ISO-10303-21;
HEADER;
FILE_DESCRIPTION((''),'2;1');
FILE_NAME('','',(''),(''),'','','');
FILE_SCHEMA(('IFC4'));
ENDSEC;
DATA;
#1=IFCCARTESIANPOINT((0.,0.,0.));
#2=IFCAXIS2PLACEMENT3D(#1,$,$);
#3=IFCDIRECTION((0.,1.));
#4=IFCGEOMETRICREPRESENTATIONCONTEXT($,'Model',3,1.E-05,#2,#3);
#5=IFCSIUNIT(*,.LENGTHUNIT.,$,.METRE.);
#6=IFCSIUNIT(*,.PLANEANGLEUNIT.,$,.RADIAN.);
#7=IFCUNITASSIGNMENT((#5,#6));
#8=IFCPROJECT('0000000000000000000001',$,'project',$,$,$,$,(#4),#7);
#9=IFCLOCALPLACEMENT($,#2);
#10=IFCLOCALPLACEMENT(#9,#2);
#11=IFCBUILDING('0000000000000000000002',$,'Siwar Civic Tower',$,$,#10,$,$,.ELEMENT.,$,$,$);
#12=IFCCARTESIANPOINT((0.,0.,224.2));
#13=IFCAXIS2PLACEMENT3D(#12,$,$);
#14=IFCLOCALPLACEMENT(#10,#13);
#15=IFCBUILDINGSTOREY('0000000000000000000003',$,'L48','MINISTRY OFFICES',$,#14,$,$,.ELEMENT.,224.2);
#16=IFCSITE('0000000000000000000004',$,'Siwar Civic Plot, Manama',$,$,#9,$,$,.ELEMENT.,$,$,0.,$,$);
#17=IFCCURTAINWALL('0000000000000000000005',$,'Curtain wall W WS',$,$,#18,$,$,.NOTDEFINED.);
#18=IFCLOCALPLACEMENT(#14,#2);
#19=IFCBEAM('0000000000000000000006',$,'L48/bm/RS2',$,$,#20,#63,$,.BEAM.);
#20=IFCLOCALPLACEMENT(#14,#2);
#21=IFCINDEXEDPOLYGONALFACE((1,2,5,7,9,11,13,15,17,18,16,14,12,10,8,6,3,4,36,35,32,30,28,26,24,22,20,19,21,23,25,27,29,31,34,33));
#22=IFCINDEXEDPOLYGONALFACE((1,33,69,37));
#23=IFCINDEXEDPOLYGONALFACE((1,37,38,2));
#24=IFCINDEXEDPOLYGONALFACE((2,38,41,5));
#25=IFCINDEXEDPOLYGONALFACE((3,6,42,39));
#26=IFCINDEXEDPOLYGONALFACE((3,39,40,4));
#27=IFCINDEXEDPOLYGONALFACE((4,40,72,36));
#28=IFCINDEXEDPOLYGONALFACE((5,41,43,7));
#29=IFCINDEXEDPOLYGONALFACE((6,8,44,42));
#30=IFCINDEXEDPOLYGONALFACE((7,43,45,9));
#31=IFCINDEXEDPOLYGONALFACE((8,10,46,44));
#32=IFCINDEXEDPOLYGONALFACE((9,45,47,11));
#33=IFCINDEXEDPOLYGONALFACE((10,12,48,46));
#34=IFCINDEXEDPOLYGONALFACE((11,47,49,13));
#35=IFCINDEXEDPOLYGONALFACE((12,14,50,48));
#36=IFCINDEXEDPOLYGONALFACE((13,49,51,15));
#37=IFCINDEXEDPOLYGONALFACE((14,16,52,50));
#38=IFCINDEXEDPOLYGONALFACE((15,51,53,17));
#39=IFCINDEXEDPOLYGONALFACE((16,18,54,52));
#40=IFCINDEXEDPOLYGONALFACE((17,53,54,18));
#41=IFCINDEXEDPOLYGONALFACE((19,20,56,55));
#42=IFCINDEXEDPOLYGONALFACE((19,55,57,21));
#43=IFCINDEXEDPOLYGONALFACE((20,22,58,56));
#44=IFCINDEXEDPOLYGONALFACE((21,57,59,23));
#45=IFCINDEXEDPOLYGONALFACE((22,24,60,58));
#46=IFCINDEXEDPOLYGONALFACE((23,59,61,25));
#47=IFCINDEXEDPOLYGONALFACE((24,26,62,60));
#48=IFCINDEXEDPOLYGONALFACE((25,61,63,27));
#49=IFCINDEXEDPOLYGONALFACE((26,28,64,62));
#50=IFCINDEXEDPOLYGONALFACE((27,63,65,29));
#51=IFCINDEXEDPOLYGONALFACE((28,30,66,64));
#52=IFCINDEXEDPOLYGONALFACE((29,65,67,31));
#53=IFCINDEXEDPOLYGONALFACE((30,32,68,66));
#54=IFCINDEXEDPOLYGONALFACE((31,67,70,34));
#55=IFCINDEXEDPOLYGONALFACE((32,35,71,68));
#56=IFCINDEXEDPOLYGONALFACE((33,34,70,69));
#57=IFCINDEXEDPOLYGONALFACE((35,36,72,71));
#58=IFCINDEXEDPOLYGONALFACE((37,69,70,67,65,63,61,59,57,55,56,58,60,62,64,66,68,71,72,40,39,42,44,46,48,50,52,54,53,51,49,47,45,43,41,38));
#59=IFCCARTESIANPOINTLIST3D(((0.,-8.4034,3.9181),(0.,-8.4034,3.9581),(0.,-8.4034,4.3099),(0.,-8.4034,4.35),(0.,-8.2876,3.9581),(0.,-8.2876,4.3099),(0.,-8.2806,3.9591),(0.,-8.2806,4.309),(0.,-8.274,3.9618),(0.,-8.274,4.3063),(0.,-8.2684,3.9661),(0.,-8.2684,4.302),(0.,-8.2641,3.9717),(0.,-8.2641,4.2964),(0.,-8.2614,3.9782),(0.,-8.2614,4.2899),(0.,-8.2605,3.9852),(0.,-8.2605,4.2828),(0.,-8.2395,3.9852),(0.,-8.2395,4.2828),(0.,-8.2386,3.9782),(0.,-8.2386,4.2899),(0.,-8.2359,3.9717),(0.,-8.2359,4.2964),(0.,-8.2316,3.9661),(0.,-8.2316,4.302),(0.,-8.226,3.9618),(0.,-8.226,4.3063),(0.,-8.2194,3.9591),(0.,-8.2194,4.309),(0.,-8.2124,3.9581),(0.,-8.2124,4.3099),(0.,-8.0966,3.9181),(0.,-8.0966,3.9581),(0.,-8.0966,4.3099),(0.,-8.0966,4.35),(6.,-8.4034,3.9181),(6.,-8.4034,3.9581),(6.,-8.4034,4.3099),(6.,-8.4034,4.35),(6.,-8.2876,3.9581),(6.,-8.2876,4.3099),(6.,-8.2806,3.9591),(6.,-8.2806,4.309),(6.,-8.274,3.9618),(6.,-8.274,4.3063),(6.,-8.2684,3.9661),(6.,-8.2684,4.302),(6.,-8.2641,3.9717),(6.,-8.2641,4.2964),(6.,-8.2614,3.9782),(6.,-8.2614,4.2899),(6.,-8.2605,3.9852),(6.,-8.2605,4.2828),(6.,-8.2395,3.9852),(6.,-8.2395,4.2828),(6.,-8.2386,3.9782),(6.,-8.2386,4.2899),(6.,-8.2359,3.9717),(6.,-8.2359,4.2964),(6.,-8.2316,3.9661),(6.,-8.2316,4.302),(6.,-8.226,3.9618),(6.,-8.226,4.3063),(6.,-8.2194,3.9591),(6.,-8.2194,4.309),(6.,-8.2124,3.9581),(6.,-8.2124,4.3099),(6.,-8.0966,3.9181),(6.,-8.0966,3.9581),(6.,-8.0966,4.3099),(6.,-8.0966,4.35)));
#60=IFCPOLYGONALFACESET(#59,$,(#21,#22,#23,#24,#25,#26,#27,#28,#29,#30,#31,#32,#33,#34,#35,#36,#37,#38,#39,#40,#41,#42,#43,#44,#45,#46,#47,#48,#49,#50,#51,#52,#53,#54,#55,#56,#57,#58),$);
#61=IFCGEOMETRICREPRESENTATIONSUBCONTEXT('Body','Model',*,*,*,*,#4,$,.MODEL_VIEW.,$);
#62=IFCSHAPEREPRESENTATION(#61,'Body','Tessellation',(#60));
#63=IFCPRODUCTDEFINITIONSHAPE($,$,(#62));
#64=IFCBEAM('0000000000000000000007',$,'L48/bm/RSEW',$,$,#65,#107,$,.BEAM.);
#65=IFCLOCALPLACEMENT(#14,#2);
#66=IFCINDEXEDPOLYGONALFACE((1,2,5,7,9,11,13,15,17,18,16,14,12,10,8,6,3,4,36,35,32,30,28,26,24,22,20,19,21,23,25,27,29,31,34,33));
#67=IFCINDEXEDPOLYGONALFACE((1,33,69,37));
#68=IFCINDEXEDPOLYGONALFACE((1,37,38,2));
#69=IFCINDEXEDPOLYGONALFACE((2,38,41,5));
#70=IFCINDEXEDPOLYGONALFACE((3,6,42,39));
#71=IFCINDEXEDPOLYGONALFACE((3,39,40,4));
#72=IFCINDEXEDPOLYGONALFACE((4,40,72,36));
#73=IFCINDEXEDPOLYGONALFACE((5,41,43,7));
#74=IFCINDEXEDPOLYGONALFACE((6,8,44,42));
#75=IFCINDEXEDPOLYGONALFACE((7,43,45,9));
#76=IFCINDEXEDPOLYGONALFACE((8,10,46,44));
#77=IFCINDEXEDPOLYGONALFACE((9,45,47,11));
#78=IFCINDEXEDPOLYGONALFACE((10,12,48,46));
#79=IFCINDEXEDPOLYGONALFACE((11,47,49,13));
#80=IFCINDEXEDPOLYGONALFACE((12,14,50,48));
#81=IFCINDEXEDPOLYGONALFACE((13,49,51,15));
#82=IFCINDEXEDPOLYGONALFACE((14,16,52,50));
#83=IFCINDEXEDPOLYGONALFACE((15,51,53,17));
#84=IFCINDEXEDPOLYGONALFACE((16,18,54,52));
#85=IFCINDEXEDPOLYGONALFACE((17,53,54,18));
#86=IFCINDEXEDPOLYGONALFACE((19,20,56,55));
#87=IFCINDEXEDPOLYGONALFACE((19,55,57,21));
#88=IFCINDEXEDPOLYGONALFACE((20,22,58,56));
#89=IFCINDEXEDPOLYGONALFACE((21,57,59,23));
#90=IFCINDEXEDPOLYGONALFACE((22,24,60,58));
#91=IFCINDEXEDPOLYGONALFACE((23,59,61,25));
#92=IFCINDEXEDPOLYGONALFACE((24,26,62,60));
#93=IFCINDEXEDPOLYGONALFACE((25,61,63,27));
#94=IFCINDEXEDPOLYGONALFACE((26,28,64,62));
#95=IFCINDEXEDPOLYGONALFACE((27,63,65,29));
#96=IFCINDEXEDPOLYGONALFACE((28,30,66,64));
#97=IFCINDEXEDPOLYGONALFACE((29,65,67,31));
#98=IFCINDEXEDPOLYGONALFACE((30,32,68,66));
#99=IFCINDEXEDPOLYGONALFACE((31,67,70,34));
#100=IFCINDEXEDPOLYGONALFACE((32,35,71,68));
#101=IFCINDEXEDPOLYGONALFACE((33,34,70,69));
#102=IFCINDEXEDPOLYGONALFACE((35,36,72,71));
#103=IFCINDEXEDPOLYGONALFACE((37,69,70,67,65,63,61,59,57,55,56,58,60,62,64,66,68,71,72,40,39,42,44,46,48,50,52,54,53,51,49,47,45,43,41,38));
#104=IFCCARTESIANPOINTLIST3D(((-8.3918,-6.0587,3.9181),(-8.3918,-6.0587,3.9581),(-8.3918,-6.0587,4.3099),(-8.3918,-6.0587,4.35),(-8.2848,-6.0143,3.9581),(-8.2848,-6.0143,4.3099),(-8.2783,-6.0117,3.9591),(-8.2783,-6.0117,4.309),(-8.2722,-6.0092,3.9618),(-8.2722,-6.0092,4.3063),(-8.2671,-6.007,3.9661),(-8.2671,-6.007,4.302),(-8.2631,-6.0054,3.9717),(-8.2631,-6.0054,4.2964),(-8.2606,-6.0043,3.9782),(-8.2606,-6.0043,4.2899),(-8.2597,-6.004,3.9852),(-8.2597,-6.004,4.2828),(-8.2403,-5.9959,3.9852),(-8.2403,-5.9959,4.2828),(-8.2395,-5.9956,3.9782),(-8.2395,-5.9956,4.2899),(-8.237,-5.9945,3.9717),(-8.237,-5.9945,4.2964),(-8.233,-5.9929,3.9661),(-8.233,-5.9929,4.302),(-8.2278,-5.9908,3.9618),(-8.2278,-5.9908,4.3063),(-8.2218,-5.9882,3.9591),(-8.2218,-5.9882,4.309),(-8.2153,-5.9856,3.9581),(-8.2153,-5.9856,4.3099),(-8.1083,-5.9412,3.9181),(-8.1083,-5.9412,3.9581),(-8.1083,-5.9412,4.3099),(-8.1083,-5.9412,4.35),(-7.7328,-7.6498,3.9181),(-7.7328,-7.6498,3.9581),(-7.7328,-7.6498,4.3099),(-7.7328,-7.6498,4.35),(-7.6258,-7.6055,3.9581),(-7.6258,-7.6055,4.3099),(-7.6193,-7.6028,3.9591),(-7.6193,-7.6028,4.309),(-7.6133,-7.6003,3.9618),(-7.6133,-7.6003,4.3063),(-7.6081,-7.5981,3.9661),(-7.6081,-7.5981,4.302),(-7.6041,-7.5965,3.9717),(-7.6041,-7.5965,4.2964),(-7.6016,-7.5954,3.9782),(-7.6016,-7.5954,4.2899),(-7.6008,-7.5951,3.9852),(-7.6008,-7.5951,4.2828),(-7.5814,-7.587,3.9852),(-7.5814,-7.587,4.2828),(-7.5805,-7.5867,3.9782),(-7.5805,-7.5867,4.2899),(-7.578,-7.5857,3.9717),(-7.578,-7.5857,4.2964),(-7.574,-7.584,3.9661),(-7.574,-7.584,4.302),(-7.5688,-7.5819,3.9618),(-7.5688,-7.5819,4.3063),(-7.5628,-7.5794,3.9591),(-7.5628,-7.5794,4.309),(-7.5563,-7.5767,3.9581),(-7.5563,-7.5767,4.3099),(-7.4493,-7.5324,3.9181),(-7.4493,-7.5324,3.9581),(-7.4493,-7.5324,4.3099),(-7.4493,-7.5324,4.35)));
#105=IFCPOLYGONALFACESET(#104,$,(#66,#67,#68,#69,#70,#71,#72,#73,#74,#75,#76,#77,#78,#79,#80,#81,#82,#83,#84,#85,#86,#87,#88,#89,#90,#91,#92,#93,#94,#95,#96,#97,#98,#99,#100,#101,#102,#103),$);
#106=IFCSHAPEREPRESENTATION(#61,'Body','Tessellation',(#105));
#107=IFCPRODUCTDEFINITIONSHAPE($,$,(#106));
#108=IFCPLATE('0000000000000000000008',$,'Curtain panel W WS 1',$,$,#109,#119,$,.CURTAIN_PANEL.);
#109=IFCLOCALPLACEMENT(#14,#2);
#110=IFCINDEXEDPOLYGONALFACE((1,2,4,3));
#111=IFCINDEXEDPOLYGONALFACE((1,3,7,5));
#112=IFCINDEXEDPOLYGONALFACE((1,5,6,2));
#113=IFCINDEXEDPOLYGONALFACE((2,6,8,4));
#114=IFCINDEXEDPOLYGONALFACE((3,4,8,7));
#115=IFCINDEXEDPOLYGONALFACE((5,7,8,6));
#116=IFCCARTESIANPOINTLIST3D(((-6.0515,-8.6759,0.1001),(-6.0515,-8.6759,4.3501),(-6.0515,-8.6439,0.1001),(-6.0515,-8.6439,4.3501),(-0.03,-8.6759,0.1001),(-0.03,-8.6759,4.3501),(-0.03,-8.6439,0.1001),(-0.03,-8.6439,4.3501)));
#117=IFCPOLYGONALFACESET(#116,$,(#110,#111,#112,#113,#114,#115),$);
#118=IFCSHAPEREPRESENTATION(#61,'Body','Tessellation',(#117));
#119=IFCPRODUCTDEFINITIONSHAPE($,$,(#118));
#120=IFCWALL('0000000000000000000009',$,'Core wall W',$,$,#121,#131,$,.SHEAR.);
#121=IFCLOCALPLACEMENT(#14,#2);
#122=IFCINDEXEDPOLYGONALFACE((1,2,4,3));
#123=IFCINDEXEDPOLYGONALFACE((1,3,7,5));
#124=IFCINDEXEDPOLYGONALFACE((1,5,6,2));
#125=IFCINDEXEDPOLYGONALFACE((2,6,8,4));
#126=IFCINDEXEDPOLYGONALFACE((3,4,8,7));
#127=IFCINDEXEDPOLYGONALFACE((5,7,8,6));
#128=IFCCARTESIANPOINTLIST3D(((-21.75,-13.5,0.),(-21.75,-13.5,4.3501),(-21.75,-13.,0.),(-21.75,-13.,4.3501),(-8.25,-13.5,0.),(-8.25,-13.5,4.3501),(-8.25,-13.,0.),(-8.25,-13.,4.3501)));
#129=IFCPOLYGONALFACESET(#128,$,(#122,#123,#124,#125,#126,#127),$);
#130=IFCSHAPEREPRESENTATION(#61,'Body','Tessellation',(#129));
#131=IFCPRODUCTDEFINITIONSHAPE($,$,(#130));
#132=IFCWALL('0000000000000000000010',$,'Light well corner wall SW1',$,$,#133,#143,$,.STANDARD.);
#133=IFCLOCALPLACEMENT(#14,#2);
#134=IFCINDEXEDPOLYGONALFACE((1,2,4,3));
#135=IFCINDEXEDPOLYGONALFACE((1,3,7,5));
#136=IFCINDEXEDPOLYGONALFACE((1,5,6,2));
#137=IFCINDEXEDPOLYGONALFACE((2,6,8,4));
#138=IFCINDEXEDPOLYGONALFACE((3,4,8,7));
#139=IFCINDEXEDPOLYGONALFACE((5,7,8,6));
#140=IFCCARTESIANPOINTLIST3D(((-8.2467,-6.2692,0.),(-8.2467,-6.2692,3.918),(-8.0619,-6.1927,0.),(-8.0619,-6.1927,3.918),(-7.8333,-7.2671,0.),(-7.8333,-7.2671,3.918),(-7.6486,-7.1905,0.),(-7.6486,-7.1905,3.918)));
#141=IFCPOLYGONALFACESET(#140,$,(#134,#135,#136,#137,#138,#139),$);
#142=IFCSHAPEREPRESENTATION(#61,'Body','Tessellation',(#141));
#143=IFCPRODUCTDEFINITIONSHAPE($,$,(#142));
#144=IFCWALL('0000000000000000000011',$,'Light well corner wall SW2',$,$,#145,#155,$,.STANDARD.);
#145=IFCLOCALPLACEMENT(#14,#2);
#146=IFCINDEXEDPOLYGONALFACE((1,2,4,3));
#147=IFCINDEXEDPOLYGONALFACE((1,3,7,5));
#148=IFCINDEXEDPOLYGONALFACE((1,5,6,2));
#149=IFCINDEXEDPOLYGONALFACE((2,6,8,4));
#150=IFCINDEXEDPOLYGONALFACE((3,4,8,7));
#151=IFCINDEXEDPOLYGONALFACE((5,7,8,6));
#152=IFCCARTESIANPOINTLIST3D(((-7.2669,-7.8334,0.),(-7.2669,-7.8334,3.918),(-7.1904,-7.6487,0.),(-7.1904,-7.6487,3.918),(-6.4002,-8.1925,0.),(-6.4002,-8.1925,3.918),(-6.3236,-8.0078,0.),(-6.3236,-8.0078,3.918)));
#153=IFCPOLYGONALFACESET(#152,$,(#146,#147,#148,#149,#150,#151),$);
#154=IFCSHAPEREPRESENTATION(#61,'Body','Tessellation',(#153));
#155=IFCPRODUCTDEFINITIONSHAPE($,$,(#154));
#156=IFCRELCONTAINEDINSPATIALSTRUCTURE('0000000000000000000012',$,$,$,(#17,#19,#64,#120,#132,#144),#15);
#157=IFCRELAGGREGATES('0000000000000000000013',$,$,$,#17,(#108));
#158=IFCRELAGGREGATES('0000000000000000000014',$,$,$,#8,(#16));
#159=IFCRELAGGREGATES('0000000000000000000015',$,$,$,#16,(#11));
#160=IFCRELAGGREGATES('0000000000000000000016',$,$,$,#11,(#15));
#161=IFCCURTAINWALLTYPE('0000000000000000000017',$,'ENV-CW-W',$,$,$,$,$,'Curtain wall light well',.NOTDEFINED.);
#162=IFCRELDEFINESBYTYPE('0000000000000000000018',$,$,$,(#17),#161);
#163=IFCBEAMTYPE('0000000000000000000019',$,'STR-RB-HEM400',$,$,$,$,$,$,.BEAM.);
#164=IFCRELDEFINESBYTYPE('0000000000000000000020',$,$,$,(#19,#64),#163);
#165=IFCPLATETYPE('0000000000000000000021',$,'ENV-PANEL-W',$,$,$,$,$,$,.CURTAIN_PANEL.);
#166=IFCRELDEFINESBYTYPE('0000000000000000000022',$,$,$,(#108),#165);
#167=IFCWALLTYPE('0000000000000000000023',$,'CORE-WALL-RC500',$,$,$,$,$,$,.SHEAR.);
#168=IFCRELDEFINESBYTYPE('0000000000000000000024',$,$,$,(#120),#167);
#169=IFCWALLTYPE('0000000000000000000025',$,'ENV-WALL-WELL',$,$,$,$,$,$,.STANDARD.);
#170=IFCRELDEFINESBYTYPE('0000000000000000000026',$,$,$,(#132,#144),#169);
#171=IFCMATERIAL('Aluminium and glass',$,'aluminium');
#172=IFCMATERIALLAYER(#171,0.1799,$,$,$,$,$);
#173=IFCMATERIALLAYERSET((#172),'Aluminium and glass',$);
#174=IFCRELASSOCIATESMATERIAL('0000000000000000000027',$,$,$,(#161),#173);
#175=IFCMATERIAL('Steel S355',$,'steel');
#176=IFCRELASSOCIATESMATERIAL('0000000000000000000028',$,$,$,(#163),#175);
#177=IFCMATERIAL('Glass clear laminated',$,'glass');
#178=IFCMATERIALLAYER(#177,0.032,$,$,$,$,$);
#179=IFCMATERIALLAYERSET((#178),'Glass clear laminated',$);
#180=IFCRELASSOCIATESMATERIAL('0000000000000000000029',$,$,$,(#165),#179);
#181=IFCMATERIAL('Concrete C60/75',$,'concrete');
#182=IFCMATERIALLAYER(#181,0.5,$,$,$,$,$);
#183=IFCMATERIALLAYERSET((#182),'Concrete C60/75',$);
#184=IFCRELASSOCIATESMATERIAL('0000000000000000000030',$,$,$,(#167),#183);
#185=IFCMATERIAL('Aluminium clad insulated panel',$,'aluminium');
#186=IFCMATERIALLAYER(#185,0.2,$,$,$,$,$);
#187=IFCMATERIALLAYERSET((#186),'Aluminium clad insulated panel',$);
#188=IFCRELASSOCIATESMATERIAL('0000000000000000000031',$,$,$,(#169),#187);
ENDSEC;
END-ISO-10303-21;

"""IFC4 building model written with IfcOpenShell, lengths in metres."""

from ifc_helpers import new_model, si_unit, direction, frame, frame_2d, origin, origin_2d, place, context, subcontext, project, spatial, rectangle, i_section, extrude, material, layer, layer_set, material_profile, profile_set, type_object, element, aggregate, save


model = new_model("IFC4")

# Units and contexts
model_context = context("Model", 3, precision=1e-05, world=origin(), true_north=direction((0.0, 1.0)))
body_context = subcontext(model_context, "Body", "Model", "MODEL_VIEW")
ifc_project = project(units=[si_unit("LENGTHUNIT", "METRE"), si_unit("PLANEANGLEUNIT", "RADIAN")], contexts=[model_context])

# Site, building, storey
site_placement = place(None, origin())
site = spatial("IfcSite", under=ifc_project, at=site_placement, Name="Siwar Civic Plot, Manama", CompositionType="ELEMENT", RefElevation=0.0)
building_placement = place(site_placement, origin())
building = spatial("IfcBuilding", under=site, at=building_placement, Name="Siwar Civic Tower", CompositionType="ELEMENT")
storey_placement = place(building_placement, frame((0.0, 0.0, 224.2)))
storey = spatial("IfcBuildingStorey", under=building, at=storey_placement, Name="L48", Description="MINISTRY OFFICES", CompositionType="ELEMENT", Elevation=224.2)

# Curtain wall
ifc_material_1 = material(Name="Aluminium and glass", Category="aluminium")
ifc_layer_1 = layer(ifc_material_1, 0.1799)
ifc_layer_set_1 = layer_set([ifc_layer_1], Name="Aluminium and glass")
curtain_wall_type = type_object("IfcCurtainWallType", Name="ENV-CW-W", ElementType="Curtain wall light well", PredefinedType="NOTDEFINED", material=ifc_layer_set_1)
curtain_wall_placement = place(storey_placement, origin())
curtain_wall = element("IfcCurtainWall", 1, at=curtain_wall_placement, inside=storey, type_object=curtain_wall_type, Name="Curtain wall W WS", PredefinedType="NOTDEFINED")

# Beams
ifc_material_2 = material(Name="Steel S355", Category="steel")
ifc_material_profile_1 = material_profile(ifc_material_2, i_section(OverallWidth=0.3069, OverallDepth=0.4319, WebThickness=0.021, FlangeThickness=0.04, FilletRadius=0.0271, at=origin_2d()), Name="HEM400")
ifc_profile_set_1 = profile_set([ifc_material_profile_1], Name="Steel S355")
beam_type = type_object("IfcBeamType", Name="STR-RB-HEM400", PredefinedType="BEAM", material=ifc_profile_set_1)
for number, where, z_axis, x_axis, name in (
    (2, (0.0, -8.25, 4.134), (1.0, 0.0, 0.0), (0.0, 1.0, 0.0), "L48/bm/RS2"),
):
    element("IfcBeam", number, at=place(storey_placement, frame(where, z_axis=z_axis, x_axis=x_axis)), inside=storey, type_object=beam_type, Name=name, PredefinedType="BEAM", context=body_context, shape_type="SweptSolid", body=[
        extrude(i_section(OverallWidth=0.3069, OverallDepth=0.4319, WebThickness=0.021, FlangeThickness=0.04, FilletRadius=0.0271, at=origin_2d()), origin(), (0.0, 0.0, 1.0), 6.0),
    ])
beam_1_placement = place(storey_placement, frame((-7.5911, -7.5911, 4.134), z_axis=(-0.382631, 0.923901, 0.0), x_axis=(-0.923901, -0.382631, 0.0)))
element("IfcBeam", 3, at=beam_1_placement, inside=storey, type_object=beam_type, Name="L48/bm/RSEW", PredefinedType="BEAM", context=body_context, shape_type="SweptSolid", body=[
    extrude(i_section(OverallWidth=0.3069, OverallDepth=0.4319, WebThickness=0.021, FlangeThickness=0.04, FilletRadius=0.0271, at=origin_2d()), origin(), (0.0, 0.0, 1.0), 1.7222),
])

# Plate
ifc_material_3 = material(Name="Glass clear laminated", Category="glass")
ifc_layer_2 = layer(ifc_material_3, 0.032)
ifc_layer_set_2 = layer_set([ifc_layer_2], Name="Glass clear laminated")
plate_type = type_object("IfcPlateType", Name="ENV-PANEL-W", PredefinedType="CURTAIN_PANEL", material=ifc_layer_set_2)
plate_placement = place(storey_placement, frame((-3.0408, -8.6599, 0.1001), z_axis=(0.0, 0.0, 1.0), x_axis=(1.0, 0.0, 0.0)))
plate = element("IfcPlate", 4, at=plate_placement, type_object=plate_type, Name="Curtain panel W WS 1", PredefinedType="CURTAIN_PANEL", context=body_context, shape_type="SweptSolid", body=[
    extrude(rectangle(XDim=6.0215, YDim=0.032, at=origin_2d()), origin(), (0.0, 0.0, 1.0), 4.25),
])
aggregate(curtain_wall, [plate])

# Walls
ifc_material_4 = material(Name="Concrete C60/75", Category="concrete")
ifc_layer_3 = layer(ifc_material_4, 0.5)
ifc_layer_set_3 = layer_set([ifc_layer_3], Name="Concrete C60/75")
wall_type_1 = type_object("IfcWallType", Name="CORE-WALL-RC500", PredefinedType="SHEAR", material=ifc_layer_set_3)
wall_1_placement = place(storey_placement, frame((-8.25, -13.25, 0.0), z_axis=(0.0, 0.0, 1.0), x_axis=(-1.0, 0.0, 0.0)))
element("IfcWall", 5, at=wall_1_placement, inside=storey, type_object=wall_type_1, Name="Core wall W", PredefinedType="SHEAR", context=body_context, shape_type="SweptSolid", body=[
    extrude(rectangle(XDim=13.5, YDim=0.5, at=frame_2d((6.75, 0.0))), origin(), (0.0, 0.0, 1.0), 4.3501),
])
ifc_material_5 = material(Name="Aluminium clad insulated panel", Category="aluminium")
ifc_layer_4 = layer(ifc_material_5, 0.2)
ifc_layer_set_4 = layer_set([ifc_layer_4], Name="Aluminium clad insulated panel")
wall_type_2 = type_object("IfcWallType", Name="ENV-WALL-WELL", PredefinedType="STANDARD", material=ifc_layer_set_4)
wall_2_placement = place(storey_placement, frame((-8.1543, -6.231, 0.0), z_axis=(0.0, 0.0, 1.0), x_axis=(0.382704, -0.923871, 0.0)))
element("IfcWall", 6, at=wall_2_placement, inside=storey, type_object=wall_type_2, Name="Light well corner wall SW1", PredefinedType="STANDARD", context=body_context, shape_type="SweptSolid", body=[
    extrude(rectangle(XDim=1.0801, YDim=0.2, at=frame_2d((0.54, 0.0))), origin(), (0.0, 0.0, 1.0), 3.918),
])
wall_3_placement = place(storey_placement, frame((-7.2288, -7.741, 0.0), z_axis=(0.0, 0.0, 1.0), x_axis=(0.92383, -0.382804, 0.0)))
element("IfcWall", 7, at=wall_3_placement, inside=storey, type_object=wall_type_2, Name="Light well corner wall SW2", PredefinedType="STANDARD", context=body_context, shape_type="SweptSolid", body=[
    extrude(rectangle(XDim=0.9382, YDim=0.2, at=frame_2d((0.4692, 0.0))), origin(), (0.0, 0.0, 1.0), 3.918),
])

save(model, "model.ifc")
